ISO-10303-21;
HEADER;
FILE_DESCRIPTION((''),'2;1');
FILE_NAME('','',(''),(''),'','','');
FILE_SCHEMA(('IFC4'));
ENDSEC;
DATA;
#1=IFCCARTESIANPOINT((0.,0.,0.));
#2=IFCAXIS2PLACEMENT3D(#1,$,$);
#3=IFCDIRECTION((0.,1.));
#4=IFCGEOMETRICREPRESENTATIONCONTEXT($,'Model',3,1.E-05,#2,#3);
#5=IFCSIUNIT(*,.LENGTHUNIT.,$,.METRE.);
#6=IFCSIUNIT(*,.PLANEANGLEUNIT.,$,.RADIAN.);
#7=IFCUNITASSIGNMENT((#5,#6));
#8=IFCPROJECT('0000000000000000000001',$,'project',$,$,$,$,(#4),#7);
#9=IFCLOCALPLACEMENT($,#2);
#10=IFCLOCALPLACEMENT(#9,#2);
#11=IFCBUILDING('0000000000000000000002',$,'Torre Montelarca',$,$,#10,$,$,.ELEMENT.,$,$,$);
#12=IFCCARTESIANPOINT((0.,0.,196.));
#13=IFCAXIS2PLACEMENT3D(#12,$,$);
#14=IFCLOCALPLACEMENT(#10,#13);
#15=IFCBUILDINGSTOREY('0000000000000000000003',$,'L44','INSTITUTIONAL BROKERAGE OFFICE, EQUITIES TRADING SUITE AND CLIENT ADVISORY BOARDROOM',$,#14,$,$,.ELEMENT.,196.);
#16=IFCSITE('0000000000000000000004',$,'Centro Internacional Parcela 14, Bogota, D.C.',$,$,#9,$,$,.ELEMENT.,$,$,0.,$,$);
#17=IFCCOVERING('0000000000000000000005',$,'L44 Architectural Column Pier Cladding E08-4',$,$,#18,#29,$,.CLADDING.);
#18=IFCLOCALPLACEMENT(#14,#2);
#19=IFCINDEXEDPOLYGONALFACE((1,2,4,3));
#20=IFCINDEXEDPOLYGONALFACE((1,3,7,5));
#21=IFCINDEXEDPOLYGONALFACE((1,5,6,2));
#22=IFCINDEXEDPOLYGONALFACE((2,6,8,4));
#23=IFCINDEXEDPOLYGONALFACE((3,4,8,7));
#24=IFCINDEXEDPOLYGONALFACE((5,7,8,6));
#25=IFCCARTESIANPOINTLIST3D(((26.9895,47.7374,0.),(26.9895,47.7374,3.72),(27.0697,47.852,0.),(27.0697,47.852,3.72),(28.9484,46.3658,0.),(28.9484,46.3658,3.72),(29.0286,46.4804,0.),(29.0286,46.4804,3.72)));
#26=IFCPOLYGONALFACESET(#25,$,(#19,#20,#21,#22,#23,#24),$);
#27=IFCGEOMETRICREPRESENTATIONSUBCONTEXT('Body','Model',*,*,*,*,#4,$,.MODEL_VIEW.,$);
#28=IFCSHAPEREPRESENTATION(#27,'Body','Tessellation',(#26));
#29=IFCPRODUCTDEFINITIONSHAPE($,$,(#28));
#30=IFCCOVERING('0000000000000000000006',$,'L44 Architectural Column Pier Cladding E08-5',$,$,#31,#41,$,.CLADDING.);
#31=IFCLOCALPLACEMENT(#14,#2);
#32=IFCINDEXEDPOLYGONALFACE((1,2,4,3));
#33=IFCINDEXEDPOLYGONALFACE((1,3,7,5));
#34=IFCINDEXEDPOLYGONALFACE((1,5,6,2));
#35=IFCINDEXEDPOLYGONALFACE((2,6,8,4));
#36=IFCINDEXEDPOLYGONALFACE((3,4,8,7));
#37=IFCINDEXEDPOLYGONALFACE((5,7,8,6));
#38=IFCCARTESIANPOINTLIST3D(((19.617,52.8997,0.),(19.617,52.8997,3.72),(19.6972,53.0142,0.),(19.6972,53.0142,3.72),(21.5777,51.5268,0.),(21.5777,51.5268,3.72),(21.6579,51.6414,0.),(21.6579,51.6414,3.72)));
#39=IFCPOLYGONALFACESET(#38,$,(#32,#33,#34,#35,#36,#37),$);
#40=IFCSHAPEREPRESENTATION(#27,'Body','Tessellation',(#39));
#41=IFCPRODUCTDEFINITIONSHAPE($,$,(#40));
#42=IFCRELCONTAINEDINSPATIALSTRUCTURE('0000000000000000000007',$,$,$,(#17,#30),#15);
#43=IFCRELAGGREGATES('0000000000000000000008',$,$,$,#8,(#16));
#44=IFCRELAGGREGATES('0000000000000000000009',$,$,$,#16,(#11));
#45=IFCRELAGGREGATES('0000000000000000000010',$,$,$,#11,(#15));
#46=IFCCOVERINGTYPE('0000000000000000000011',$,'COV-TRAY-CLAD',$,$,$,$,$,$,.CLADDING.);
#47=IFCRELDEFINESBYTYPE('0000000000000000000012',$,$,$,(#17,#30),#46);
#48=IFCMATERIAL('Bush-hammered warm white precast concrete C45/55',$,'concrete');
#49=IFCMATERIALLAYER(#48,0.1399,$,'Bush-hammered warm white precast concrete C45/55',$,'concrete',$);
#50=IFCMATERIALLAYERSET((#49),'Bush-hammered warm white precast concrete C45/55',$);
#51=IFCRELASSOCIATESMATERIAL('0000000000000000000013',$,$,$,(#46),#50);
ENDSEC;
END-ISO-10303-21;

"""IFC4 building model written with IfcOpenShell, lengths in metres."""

from ifc_helpers import new_model, si_unit, direction, frame, origin, origin_2d, place, context, subcontext, project, spatial, rectangle, extrude, source, transform, mapped, material, layer, layer_set, type_object, element, save


model = new_model("IFC4")

# Units and contexts
model_context = context("Model", 3, precision=1e-05, world=origin(), true_north=direction((0.0, 1.0)))
body_context = subcontext(model_context, "Body", "Model", "MODEL_VIEW")
ifc_project = project(units=[si_unit("LENGTHUNIT", "METRE"), si_unit("PLANEANGLEUNIT", "RADIAN")], contexts=[model_context])

# Site, building, storey
site_placement = place(None, origin())
site = spatial("IfcSite", under=ifc_project, at=site_placement, Name="Centro Internacional Parcela 14, Bogota, D.C.", CompositionType="ELEMENT", RefElevation=0.0)
building_placement = place(site_placement, origin())
building = spatial("IfcBuilding", under=site, at=building_placement, Name="Torre Montelarca", CompositionType="ELEMENT")
storey_placement = place(building_placement, frame((0.0, 0.0, 196.0)))
storey = spatial("IfcBuildingStorey", under=building, at=storey_placement, Name="L44", Description="INSTITUTIONAL BROKERAGE OFFICE, EQUITIES TRADING SUITE AND CLIENT ADVISORY BOARDROOM", CompositionType="ELEMENT", Elevation=196.0)

# Coverings
ifc_material_1 = material(Name="Bush-hammered warm white precast concrete C45/55", Category="concrete")
ifc_layer_1 = layer(ifc_material_1, 0.1399, Name="Bush-hammered warm white precast concrete C45/55", Category="concrete")
ifc_layer_set_1 = layer_set([ifc_layer_1], Name="Bush-hammered warm white precast concrete C45/55")
covering_type = type_object("IfcCoveringType", Name="COV-TRAY-CLAD", PredefinedType="CLADDING", material=ifc_layer_set_1)
shared_shape_1 = source(origin(), body_context, "Body", "SweptSolid", [
    extrude(rectangle(XDim=2.3914, YDim=0.1399, at=origin_2d()), origin(), (0.0, 0.0, 1.0), 3.72),
])
covering_1_placement = place(storey_placement, frame((28.009, 47.1089, 0.0), z_axis=(0.0, 0.0, 1.0), x_axis=(-0.819154, 0.573574, 0.0)))
element("IfcCovering", 1, at=covering_1_placement, inside=storey, type_object=covering_type, Name="L44 Architectural Column Pier Cladding E08-4", PredefinedType="CLADDING", context=body_context, shape_type="MappedRepresentation", body=[
    mapped(shared_shape_1, transform((0.0, 0.0, 0.0), scale=1.0)),
])
shared_shape_2 = source(origin(), body_context, "Body", "SweptSolid", [
    extrude(rectangle(XDim=2.3936, YDim=0.1399, at=origin_2d()), origin(), (0.0, 0.0, 1.0), 3.72),
])
covering_2_placement = place(storey_placement, frame((20.6375, 52.2705, 0.0), z_axis=(0.0, 0.0, 1.0), x_axis=(-0.819154, 0.573574, 0.0)))
element("IfcCovering", 2, at=covering_2_placement, inside=storey, type_object=covering_type, Name="L44 Architectural Column Pier Cladding E08-5", PredefinedType="CLADDING", context=body_context, shape_type="MappedRepresentation", body=[
    mapped(shared_shape_2, transform((0.0, 0.0, 0.0), scale=1.0)),
])

save(model, "model.ifc")
